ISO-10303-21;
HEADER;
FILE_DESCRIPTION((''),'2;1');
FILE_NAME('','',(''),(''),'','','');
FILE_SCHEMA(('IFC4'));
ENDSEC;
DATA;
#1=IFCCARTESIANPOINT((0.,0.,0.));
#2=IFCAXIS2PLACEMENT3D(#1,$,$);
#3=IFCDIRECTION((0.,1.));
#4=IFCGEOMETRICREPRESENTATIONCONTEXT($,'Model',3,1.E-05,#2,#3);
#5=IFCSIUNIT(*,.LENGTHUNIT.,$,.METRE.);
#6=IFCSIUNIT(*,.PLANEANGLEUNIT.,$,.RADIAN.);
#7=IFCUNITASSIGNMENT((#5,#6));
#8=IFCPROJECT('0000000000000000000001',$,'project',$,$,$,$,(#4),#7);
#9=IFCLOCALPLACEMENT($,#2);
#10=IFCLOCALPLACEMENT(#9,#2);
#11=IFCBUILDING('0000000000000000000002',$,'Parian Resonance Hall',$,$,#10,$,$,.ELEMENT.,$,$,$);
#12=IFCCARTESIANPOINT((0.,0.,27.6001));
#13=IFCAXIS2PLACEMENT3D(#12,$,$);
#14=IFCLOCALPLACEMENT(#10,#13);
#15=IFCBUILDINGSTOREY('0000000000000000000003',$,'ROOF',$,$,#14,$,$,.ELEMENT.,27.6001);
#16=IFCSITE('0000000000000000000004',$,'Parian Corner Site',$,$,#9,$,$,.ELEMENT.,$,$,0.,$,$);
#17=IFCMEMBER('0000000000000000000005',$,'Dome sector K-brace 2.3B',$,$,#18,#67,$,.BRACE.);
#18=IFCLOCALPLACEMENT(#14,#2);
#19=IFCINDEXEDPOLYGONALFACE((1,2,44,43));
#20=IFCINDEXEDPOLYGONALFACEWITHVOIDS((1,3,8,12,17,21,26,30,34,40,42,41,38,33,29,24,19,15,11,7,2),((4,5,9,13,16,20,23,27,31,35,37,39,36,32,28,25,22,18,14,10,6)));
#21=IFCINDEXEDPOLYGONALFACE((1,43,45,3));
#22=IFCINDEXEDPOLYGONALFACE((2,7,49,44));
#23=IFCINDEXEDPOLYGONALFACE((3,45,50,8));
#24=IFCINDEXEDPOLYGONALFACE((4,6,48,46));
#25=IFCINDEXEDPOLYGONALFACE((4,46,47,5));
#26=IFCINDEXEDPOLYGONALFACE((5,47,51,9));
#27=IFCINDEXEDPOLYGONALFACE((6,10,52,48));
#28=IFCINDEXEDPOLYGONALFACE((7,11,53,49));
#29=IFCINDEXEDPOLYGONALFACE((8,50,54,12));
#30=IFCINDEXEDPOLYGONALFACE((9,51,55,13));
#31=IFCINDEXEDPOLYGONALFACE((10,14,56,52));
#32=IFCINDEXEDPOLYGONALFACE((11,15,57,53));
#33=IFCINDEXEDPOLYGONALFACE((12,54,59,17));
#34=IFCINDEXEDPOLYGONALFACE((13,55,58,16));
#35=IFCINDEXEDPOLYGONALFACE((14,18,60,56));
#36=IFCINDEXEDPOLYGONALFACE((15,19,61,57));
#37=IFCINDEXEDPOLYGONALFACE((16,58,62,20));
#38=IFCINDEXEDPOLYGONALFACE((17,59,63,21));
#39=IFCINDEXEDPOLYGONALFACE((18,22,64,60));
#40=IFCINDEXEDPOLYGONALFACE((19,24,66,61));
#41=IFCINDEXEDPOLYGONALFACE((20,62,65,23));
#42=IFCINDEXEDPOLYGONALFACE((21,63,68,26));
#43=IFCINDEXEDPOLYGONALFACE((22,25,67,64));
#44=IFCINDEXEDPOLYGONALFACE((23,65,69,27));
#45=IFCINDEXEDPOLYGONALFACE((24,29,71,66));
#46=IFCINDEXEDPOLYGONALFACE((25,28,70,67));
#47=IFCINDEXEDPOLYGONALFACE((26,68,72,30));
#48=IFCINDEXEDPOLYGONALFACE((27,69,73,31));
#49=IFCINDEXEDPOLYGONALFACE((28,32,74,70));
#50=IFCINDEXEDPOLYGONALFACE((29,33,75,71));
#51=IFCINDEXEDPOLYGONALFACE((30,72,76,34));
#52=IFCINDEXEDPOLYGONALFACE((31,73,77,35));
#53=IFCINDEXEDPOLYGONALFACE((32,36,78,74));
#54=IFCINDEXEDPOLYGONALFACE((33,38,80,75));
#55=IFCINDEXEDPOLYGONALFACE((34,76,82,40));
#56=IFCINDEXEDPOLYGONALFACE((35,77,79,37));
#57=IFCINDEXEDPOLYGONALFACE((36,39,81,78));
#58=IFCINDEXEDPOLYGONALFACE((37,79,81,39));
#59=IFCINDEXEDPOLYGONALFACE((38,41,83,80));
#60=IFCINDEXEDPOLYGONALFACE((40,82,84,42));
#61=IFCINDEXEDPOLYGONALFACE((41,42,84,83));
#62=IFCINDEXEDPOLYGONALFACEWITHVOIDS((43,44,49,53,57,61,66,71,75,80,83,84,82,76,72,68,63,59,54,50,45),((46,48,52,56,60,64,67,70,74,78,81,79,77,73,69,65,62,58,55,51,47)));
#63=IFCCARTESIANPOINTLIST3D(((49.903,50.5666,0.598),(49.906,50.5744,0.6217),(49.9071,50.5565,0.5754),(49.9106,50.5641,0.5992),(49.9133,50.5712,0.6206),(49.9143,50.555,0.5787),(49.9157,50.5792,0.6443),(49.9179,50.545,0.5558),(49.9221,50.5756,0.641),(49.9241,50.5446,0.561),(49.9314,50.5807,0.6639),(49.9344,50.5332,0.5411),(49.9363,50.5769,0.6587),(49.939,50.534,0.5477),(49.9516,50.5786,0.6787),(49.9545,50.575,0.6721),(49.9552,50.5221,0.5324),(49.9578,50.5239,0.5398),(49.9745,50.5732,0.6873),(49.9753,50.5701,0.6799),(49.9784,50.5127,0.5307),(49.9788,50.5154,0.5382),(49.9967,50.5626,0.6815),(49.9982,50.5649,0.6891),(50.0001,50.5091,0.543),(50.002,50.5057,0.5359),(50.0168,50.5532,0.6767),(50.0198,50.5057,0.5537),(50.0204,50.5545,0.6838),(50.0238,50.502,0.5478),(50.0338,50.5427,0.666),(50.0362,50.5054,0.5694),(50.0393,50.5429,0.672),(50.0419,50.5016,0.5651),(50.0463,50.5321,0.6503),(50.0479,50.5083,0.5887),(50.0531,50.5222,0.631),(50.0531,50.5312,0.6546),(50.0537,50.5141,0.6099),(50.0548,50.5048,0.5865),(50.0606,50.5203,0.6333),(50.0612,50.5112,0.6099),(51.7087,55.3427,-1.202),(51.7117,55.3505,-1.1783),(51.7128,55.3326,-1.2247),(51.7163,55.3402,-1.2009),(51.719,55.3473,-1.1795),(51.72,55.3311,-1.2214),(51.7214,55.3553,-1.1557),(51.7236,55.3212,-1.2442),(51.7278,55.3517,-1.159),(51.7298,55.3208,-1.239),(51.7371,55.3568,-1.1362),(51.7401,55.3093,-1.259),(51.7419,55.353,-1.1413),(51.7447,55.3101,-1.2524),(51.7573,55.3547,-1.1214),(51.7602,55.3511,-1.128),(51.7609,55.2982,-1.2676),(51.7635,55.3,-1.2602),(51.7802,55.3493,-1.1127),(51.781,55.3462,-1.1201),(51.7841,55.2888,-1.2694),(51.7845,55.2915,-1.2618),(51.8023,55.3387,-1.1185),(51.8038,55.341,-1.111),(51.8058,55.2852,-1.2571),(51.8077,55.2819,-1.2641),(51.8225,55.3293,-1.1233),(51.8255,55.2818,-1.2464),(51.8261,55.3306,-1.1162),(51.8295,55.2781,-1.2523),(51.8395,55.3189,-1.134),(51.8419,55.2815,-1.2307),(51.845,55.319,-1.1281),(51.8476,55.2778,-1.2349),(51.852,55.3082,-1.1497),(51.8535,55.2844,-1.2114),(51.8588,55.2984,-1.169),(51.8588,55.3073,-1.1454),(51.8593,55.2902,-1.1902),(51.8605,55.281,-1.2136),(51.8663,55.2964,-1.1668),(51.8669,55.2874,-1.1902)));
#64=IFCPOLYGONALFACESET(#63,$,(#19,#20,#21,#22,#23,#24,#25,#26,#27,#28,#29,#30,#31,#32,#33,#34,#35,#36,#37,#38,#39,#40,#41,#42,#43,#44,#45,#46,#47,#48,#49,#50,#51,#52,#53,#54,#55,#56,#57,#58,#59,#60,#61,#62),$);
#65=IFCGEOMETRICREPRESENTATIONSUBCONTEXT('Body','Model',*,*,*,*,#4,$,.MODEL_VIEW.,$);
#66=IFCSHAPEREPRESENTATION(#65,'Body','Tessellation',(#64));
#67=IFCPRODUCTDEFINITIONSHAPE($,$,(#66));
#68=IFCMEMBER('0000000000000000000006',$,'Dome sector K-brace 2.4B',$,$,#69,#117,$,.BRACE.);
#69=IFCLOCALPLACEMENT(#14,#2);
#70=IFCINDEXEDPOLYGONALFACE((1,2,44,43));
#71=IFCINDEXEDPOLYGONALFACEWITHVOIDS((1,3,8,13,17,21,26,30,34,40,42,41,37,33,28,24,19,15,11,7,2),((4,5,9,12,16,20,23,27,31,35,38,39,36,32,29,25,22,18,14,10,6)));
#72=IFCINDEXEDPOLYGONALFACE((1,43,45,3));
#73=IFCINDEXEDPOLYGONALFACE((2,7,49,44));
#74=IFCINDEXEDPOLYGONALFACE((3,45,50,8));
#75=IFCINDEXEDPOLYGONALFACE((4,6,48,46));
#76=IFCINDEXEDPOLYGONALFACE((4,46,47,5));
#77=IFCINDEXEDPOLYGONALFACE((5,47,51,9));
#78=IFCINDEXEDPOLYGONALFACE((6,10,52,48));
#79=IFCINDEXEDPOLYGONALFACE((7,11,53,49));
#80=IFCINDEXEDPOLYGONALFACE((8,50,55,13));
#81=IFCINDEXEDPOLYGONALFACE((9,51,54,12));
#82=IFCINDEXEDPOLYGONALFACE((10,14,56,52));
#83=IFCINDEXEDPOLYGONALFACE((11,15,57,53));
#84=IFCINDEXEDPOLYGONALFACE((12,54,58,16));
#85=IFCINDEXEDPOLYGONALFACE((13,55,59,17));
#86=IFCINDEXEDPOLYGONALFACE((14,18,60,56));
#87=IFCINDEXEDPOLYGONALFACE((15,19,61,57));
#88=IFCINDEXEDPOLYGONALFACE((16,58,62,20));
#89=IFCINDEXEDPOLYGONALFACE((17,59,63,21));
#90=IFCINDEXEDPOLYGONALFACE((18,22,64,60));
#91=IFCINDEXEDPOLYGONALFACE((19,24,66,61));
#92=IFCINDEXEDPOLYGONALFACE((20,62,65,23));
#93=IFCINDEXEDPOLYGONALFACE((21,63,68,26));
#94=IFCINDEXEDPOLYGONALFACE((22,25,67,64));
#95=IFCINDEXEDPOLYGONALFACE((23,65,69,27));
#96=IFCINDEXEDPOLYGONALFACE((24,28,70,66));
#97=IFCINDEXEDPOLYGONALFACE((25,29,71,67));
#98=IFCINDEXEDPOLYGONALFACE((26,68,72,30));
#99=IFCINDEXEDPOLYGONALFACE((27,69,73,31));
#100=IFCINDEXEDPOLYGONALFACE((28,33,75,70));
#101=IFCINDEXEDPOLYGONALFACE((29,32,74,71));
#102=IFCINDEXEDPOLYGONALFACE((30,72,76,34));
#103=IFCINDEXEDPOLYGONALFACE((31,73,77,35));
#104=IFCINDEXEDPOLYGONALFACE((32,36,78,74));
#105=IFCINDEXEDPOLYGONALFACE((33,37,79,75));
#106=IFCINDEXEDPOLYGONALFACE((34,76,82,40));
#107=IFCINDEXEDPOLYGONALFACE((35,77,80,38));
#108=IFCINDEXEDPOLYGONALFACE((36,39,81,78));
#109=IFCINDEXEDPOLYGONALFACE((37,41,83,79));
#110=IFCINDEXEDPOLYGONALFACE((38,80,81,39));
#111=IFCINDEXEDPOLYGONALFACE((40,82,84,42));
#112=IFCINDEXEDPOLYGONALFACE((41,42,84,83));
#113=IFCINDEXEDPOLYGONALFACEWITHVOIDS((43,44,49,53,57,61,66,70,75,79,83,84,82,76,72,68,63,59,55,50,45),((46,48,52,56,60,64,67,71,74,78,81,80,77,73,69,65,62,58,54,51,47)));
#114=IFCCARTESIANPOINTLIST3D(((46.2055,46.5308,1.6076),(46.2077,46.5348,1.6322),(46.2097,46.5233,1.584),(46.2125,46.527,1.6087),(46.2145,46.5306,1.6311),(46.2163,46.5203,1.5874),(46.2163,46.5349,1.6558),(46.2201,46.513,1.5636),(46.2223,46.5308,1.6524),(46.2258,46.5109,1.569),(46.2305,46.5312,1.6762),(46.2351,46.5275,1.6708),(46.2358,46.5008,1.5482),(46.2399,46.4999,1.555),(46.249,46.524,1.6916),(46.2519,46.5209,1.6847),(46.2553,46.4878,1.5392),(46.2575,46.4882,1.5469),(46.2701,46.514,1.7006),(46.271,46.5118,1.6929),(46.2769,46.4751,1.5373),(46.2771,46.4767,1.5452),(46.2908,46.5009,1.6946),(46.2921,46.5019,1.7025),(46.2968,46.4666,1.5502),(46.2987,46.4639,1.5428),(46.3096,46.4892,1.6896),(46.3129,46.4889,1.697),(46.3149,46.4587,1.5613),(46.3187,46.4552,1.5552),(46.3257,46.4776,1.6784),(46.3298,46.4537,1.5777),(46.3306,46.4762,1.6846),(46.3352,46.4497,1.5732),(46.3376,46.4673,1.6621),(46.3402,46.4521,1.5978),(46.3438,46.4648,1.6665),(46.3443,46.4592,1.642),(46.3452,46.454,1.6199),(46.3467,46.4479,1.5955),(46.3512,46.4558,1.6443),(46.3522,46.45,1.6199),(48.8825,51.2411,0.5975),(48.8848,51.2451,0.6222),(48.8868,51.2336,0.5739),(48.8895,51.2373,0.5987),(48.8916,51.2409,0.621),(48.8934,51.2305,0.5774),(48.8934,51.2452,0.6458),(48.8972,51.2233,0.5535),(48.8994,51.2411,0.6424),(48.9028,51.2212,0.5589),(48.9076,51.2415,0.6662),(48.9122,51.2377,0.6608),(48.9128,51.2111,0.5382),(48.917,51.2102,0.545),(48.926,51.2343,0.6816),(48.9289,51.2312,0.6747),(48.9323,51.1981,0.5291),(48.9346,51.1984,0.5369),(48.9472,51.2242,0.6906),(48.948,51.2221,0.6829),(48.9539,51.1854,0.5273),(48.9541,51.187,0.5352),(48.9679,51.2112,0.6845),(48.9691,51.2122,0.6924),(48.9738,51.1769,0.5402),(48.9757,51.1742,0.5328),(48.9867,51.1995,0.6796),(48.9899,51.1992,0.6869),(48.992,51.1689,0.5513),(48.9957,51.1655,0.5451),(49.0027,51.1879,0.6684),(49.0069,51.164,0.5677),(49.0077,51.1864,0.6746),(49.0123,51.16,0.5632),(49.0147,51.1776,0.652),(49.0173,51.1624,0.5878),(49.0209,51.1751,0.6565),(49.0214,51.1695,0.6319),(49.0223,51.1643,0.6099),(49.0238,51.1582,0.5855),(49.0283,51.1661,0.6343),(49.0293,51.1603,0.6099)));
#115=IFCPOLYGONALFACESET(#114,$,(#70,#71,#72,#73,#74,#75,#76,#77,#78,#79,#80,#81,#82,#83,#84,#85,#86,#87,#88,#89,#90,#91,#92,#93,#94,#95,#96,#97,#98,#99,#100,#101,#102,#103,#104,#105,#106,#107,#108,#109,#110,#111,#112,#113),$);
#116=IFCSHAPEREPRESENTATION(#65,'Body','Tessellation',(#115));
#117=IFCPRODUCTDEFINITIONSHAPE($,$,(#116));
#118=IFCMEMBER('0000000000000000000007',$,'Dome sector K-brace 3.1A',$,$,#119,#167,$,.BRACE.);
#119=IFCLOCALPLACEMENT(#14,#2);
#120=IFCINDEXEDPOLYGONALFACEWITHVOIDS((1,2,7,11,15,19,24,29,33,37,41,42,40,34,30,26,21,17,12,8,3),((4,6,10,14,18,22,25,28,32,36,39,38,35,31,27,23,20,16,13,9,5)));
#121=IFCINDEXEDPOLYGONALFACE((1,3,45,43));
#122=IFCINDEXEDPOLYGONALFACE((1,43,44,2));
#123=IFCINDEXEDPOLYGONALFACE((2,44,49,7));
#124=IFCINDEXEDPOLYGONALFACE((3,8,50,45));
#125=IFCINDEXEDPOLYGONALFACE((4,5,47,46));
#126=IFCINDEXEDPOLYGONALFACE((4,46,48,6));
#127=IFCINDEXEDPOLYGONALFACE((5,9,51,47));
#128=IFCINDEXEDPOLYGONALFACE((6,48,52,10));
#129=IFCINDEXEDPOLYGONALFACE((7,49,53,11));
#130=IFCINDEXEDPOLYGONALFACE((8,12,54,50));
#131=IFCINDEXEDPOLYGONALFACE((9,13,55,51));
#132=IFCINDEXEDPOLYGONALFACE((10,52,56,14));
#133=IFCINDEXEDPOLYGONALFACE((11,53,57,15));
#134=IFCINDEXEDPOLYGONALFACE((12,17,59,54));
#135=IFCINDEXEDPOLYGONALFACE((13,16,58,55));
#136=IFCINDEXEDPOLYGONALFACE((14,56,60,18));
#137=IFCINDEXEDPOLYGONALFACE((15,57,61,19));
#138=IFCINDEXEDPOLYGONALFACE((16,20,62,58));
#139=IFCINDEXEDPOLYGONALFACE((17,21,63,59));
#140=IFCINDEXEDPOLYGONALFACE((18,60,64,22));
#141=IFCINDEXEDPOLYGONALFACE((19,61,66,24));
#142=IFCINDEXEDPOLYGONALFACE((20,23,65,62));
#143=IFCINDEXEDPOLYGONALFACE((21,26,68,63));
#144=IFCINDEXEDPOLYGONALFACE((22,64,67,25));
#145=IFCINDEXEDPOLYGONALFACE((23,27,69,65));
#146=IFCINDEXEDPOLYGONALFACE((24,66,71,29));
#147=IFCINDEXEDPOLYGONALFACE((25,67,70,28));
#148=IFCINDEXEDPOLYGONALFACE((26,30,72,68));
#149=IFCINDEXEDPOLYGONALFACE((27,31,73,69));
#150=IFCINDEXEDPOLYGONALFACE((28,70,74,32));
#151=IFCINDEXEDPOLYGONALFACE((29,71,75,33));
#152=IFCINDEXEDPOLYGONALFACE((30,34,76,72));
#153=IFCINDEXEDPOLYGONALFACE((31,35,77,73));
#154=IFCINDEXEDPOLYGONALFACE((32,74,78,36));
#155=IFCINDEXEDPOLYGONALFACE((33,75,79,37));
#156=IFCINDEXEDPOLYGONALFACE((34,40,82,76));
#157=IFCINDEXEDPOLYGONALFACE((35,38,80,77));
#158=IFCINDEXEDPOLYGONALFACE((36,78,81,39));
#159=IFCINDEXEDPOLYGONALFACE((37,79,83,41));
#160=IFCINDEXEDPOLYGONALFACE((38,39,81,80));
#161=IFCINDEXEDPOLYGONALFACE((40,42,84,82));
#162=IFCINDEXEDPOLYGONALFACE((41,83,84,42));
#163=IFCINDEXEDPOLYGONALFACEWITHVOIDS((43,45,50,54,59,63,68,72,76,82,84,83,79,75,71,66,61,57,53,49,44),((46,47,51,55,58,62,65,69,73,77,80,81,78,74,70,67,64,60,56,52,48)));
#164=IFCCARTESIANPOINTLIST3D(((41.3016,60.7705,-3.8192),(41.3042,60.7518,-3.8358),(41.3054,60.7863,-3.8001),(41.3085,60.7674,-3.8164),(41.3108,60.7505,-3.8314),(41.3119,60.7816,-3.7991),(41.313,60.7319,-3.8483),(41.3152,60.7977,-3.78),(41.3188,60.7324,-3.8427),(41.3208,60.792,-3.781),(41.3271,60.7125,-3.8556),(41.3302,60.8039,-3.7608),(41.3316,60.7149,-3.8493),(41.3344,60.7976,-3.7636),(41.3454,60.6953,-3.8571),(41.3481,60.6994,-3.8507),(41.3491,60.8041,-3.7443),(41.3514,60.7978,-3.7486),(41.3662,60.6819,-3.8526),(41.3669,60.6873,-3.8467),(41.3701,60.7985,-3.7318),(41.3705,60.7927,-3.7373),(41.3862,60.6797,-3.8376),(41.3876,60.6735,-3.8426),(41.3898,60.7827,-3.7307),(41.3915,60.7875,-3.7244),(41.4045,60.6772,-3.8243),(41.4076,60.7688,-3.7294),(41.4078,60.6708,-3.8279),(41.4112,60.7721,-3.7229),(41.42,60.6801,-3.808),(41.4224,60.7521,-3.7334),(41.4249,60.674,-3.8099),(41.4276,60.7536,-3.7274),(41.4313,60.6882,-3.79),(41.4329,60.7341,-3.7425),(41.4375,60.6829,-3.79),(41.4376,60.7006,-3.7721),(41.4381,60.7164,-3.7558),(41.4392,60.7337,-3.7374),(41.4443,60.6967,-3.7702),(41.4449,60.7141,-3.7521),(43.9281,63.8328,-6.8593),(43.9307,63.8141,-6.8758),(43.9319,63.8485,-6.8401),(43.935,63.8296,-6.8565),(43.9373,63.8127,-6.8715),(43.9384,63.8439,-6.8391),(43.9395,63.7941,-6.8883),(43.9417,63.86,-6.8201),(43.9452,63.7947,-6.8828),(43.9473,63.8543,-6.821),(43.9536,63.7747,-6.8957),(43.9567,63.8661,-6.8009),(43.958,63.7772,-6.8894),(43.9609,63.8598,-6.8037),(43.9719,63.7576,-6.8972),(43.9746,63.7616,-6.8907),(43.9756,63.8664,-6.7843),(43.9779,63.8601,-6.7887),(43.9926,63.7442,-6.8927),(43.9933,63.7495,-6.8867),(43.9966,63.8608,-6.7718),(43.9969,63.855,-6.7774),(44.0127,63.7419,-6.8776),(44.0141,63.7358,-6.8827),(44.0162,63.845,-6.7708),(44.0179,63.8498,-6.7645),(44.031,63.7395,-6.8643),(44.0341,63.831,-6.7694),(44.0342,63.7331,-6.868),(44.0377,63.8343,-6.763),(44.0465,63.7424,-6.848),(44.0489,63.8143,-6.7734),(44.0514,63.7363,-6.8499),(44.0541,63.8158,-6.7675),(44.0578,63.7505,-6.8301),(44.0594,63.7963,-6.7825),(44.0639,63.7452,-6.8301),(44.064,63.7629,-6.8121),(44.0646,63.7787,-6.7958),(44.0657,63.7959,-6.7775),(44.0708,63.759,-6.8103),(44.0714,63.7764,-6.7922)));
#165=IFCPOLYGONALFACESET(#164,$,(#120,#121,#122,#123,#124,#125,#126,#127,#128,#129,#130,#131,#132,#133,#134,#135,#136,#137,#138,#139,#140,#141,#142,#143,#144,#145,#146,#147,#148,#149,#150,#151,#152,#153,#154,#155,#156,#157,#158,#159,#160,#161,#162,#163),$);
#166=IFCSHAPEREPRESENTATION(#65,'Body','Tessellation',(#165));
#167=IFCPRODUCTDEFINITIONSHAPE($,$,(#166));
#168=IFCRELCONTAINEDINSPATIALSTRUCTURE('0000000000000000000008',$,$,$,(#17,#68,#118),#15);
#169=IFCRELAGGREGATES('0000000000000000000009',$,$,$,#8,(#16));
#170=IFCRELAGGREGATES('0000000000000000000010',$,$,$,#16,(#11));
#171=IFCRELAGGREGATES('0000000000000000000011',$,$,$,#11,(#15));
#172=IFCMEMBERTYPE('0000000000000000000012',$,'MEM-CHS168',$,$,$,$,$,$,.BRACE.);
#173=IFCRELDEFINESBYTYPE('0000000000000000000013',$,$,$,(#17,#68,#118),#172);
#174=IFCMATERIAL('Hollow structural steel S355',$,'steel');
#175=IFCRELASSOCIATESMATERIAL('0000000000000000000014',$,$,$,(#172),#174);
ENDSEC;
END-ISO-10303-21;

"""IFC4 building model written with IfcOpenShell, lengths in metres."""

from ifc_helpers import new_model, si_unit, direction, frame, origin, origin_2d, place, context, subcontext, project, spatial, hollow_circle, extrude, material, material_profile, profile_set, type_object, element, save


model = new_model("IFC4")

# Units and contexts
model_context = context("Model", 3, precision=1e-05, world=origin(), true_north=direction((0.0, 1.0)))
body_context = subcontext(model_context, "Body", "Model", "MODEL_VIEW")
ifc_project = project(units=[si_unit("LENGTHUNIT", "METRE"), si_unit("PLANEANGLEUNIT", "RADIAN")], contexts=[model_context])

# Site, building, storey
site_placement = place(None, origin())
site = spatial("IfcSite", under=ifc_project, at=site_placement, Name="Parian Corner Site", CompositionType="ELEMENT", RefElevation=0.0)
building_placement = place(site_placement, origin())
building = spatial("IfcBuilding", under=site, at=building_placement, Name="Parian Resonance Hall", CompositionType="ELEMENT")
storey_placement = place(building_placement, frame((0.0, 0.0, 27.6001)))
storey = spatial("IfcBuildingStorey", under=building, at=storey_placement, Name="ROOF", CompositionType="ELEMENT", Elevation=27.6001)

# Members
ifc_material_1 = material(Name="Hollow structural steel S355", Category="steel")
ifc_material_profile_1 = material_profile(ifc_material_1, hollow_circle(Radius=0.0842, WallThickness=0.0081, at=origin_2d()), Name="CHS168.3x8")
ifc_profile_set_1 = profile_set([ifc_material_profile_1], Name="Hollow structural steel S355")
member_type_1 = type_object("IfcMemberType", Name="MEM-CHS168", PredefinedType="BRACE", material=ifc_profile_set_1)
member_1_placement = place(storey_placement, frame((51.7881, 55.3171, -1.1902), z_axis=(-0.333514, -0.882172, 0.332477), x_axis=(0.935385, -0.353632, 0.0)))
element("IfcMember", 1, at=member_1_placement, inside=storey, type_object=member_type_1, Name="Dome sector K-brace 2.3B", PredefinedType="BRACE", context=body_context, shape_type="SweptSolid", body=[
    extrude(hollow_circle(Radius=0.0842, WallThickness=0.0081, at=origin_2d()), origin(), (0.0, 0.0, 1.0), 5.4141),
])
member_2_placement = place(storey_placement, frame((48.9561, 51.2019, 0.6099), z_axis=(-0.485745, -0.854672, 0.183267), x_axis=(0.869397, -0.494114, 0.0)))
element("IfcMember", 2, at=member_2_placement, inside=storey, type_object=member_type_1, Name="Dome sector K-brace 2.4B", PredefinedType="BRACE", context=body_context, shape_type="SweptSolid", body=[
    extrude(hollow_circle(Radius=0.0842, WallThickness=0.0081, at=origin_2d()), origin(), (0.0, 0.0, 1.0), 5.5112),
])
member_3_placement = place(storey_placement, frame((44.0, 63.8, -6.8301), z_axis=(-0.519938, -0.606208, 0.60181), x_axis=(0.759052, -0.651031, 0.0)))
element("IfcMember", 3, at=member_3_placement, inside=storey, type_object=member_type_1, Name="Dome sector K-brace 3.1A", PredefinedType="BRACE", context=body_context, shape_type="SweptSolid", body=[
    extrude(hollow_circle(Radius=0.0842, WallThickness=0.0081, at=origin_2d()), origin(), (0.0, 0.0, 1.0), 5.0515),
])

save(model, "model.ifc")
